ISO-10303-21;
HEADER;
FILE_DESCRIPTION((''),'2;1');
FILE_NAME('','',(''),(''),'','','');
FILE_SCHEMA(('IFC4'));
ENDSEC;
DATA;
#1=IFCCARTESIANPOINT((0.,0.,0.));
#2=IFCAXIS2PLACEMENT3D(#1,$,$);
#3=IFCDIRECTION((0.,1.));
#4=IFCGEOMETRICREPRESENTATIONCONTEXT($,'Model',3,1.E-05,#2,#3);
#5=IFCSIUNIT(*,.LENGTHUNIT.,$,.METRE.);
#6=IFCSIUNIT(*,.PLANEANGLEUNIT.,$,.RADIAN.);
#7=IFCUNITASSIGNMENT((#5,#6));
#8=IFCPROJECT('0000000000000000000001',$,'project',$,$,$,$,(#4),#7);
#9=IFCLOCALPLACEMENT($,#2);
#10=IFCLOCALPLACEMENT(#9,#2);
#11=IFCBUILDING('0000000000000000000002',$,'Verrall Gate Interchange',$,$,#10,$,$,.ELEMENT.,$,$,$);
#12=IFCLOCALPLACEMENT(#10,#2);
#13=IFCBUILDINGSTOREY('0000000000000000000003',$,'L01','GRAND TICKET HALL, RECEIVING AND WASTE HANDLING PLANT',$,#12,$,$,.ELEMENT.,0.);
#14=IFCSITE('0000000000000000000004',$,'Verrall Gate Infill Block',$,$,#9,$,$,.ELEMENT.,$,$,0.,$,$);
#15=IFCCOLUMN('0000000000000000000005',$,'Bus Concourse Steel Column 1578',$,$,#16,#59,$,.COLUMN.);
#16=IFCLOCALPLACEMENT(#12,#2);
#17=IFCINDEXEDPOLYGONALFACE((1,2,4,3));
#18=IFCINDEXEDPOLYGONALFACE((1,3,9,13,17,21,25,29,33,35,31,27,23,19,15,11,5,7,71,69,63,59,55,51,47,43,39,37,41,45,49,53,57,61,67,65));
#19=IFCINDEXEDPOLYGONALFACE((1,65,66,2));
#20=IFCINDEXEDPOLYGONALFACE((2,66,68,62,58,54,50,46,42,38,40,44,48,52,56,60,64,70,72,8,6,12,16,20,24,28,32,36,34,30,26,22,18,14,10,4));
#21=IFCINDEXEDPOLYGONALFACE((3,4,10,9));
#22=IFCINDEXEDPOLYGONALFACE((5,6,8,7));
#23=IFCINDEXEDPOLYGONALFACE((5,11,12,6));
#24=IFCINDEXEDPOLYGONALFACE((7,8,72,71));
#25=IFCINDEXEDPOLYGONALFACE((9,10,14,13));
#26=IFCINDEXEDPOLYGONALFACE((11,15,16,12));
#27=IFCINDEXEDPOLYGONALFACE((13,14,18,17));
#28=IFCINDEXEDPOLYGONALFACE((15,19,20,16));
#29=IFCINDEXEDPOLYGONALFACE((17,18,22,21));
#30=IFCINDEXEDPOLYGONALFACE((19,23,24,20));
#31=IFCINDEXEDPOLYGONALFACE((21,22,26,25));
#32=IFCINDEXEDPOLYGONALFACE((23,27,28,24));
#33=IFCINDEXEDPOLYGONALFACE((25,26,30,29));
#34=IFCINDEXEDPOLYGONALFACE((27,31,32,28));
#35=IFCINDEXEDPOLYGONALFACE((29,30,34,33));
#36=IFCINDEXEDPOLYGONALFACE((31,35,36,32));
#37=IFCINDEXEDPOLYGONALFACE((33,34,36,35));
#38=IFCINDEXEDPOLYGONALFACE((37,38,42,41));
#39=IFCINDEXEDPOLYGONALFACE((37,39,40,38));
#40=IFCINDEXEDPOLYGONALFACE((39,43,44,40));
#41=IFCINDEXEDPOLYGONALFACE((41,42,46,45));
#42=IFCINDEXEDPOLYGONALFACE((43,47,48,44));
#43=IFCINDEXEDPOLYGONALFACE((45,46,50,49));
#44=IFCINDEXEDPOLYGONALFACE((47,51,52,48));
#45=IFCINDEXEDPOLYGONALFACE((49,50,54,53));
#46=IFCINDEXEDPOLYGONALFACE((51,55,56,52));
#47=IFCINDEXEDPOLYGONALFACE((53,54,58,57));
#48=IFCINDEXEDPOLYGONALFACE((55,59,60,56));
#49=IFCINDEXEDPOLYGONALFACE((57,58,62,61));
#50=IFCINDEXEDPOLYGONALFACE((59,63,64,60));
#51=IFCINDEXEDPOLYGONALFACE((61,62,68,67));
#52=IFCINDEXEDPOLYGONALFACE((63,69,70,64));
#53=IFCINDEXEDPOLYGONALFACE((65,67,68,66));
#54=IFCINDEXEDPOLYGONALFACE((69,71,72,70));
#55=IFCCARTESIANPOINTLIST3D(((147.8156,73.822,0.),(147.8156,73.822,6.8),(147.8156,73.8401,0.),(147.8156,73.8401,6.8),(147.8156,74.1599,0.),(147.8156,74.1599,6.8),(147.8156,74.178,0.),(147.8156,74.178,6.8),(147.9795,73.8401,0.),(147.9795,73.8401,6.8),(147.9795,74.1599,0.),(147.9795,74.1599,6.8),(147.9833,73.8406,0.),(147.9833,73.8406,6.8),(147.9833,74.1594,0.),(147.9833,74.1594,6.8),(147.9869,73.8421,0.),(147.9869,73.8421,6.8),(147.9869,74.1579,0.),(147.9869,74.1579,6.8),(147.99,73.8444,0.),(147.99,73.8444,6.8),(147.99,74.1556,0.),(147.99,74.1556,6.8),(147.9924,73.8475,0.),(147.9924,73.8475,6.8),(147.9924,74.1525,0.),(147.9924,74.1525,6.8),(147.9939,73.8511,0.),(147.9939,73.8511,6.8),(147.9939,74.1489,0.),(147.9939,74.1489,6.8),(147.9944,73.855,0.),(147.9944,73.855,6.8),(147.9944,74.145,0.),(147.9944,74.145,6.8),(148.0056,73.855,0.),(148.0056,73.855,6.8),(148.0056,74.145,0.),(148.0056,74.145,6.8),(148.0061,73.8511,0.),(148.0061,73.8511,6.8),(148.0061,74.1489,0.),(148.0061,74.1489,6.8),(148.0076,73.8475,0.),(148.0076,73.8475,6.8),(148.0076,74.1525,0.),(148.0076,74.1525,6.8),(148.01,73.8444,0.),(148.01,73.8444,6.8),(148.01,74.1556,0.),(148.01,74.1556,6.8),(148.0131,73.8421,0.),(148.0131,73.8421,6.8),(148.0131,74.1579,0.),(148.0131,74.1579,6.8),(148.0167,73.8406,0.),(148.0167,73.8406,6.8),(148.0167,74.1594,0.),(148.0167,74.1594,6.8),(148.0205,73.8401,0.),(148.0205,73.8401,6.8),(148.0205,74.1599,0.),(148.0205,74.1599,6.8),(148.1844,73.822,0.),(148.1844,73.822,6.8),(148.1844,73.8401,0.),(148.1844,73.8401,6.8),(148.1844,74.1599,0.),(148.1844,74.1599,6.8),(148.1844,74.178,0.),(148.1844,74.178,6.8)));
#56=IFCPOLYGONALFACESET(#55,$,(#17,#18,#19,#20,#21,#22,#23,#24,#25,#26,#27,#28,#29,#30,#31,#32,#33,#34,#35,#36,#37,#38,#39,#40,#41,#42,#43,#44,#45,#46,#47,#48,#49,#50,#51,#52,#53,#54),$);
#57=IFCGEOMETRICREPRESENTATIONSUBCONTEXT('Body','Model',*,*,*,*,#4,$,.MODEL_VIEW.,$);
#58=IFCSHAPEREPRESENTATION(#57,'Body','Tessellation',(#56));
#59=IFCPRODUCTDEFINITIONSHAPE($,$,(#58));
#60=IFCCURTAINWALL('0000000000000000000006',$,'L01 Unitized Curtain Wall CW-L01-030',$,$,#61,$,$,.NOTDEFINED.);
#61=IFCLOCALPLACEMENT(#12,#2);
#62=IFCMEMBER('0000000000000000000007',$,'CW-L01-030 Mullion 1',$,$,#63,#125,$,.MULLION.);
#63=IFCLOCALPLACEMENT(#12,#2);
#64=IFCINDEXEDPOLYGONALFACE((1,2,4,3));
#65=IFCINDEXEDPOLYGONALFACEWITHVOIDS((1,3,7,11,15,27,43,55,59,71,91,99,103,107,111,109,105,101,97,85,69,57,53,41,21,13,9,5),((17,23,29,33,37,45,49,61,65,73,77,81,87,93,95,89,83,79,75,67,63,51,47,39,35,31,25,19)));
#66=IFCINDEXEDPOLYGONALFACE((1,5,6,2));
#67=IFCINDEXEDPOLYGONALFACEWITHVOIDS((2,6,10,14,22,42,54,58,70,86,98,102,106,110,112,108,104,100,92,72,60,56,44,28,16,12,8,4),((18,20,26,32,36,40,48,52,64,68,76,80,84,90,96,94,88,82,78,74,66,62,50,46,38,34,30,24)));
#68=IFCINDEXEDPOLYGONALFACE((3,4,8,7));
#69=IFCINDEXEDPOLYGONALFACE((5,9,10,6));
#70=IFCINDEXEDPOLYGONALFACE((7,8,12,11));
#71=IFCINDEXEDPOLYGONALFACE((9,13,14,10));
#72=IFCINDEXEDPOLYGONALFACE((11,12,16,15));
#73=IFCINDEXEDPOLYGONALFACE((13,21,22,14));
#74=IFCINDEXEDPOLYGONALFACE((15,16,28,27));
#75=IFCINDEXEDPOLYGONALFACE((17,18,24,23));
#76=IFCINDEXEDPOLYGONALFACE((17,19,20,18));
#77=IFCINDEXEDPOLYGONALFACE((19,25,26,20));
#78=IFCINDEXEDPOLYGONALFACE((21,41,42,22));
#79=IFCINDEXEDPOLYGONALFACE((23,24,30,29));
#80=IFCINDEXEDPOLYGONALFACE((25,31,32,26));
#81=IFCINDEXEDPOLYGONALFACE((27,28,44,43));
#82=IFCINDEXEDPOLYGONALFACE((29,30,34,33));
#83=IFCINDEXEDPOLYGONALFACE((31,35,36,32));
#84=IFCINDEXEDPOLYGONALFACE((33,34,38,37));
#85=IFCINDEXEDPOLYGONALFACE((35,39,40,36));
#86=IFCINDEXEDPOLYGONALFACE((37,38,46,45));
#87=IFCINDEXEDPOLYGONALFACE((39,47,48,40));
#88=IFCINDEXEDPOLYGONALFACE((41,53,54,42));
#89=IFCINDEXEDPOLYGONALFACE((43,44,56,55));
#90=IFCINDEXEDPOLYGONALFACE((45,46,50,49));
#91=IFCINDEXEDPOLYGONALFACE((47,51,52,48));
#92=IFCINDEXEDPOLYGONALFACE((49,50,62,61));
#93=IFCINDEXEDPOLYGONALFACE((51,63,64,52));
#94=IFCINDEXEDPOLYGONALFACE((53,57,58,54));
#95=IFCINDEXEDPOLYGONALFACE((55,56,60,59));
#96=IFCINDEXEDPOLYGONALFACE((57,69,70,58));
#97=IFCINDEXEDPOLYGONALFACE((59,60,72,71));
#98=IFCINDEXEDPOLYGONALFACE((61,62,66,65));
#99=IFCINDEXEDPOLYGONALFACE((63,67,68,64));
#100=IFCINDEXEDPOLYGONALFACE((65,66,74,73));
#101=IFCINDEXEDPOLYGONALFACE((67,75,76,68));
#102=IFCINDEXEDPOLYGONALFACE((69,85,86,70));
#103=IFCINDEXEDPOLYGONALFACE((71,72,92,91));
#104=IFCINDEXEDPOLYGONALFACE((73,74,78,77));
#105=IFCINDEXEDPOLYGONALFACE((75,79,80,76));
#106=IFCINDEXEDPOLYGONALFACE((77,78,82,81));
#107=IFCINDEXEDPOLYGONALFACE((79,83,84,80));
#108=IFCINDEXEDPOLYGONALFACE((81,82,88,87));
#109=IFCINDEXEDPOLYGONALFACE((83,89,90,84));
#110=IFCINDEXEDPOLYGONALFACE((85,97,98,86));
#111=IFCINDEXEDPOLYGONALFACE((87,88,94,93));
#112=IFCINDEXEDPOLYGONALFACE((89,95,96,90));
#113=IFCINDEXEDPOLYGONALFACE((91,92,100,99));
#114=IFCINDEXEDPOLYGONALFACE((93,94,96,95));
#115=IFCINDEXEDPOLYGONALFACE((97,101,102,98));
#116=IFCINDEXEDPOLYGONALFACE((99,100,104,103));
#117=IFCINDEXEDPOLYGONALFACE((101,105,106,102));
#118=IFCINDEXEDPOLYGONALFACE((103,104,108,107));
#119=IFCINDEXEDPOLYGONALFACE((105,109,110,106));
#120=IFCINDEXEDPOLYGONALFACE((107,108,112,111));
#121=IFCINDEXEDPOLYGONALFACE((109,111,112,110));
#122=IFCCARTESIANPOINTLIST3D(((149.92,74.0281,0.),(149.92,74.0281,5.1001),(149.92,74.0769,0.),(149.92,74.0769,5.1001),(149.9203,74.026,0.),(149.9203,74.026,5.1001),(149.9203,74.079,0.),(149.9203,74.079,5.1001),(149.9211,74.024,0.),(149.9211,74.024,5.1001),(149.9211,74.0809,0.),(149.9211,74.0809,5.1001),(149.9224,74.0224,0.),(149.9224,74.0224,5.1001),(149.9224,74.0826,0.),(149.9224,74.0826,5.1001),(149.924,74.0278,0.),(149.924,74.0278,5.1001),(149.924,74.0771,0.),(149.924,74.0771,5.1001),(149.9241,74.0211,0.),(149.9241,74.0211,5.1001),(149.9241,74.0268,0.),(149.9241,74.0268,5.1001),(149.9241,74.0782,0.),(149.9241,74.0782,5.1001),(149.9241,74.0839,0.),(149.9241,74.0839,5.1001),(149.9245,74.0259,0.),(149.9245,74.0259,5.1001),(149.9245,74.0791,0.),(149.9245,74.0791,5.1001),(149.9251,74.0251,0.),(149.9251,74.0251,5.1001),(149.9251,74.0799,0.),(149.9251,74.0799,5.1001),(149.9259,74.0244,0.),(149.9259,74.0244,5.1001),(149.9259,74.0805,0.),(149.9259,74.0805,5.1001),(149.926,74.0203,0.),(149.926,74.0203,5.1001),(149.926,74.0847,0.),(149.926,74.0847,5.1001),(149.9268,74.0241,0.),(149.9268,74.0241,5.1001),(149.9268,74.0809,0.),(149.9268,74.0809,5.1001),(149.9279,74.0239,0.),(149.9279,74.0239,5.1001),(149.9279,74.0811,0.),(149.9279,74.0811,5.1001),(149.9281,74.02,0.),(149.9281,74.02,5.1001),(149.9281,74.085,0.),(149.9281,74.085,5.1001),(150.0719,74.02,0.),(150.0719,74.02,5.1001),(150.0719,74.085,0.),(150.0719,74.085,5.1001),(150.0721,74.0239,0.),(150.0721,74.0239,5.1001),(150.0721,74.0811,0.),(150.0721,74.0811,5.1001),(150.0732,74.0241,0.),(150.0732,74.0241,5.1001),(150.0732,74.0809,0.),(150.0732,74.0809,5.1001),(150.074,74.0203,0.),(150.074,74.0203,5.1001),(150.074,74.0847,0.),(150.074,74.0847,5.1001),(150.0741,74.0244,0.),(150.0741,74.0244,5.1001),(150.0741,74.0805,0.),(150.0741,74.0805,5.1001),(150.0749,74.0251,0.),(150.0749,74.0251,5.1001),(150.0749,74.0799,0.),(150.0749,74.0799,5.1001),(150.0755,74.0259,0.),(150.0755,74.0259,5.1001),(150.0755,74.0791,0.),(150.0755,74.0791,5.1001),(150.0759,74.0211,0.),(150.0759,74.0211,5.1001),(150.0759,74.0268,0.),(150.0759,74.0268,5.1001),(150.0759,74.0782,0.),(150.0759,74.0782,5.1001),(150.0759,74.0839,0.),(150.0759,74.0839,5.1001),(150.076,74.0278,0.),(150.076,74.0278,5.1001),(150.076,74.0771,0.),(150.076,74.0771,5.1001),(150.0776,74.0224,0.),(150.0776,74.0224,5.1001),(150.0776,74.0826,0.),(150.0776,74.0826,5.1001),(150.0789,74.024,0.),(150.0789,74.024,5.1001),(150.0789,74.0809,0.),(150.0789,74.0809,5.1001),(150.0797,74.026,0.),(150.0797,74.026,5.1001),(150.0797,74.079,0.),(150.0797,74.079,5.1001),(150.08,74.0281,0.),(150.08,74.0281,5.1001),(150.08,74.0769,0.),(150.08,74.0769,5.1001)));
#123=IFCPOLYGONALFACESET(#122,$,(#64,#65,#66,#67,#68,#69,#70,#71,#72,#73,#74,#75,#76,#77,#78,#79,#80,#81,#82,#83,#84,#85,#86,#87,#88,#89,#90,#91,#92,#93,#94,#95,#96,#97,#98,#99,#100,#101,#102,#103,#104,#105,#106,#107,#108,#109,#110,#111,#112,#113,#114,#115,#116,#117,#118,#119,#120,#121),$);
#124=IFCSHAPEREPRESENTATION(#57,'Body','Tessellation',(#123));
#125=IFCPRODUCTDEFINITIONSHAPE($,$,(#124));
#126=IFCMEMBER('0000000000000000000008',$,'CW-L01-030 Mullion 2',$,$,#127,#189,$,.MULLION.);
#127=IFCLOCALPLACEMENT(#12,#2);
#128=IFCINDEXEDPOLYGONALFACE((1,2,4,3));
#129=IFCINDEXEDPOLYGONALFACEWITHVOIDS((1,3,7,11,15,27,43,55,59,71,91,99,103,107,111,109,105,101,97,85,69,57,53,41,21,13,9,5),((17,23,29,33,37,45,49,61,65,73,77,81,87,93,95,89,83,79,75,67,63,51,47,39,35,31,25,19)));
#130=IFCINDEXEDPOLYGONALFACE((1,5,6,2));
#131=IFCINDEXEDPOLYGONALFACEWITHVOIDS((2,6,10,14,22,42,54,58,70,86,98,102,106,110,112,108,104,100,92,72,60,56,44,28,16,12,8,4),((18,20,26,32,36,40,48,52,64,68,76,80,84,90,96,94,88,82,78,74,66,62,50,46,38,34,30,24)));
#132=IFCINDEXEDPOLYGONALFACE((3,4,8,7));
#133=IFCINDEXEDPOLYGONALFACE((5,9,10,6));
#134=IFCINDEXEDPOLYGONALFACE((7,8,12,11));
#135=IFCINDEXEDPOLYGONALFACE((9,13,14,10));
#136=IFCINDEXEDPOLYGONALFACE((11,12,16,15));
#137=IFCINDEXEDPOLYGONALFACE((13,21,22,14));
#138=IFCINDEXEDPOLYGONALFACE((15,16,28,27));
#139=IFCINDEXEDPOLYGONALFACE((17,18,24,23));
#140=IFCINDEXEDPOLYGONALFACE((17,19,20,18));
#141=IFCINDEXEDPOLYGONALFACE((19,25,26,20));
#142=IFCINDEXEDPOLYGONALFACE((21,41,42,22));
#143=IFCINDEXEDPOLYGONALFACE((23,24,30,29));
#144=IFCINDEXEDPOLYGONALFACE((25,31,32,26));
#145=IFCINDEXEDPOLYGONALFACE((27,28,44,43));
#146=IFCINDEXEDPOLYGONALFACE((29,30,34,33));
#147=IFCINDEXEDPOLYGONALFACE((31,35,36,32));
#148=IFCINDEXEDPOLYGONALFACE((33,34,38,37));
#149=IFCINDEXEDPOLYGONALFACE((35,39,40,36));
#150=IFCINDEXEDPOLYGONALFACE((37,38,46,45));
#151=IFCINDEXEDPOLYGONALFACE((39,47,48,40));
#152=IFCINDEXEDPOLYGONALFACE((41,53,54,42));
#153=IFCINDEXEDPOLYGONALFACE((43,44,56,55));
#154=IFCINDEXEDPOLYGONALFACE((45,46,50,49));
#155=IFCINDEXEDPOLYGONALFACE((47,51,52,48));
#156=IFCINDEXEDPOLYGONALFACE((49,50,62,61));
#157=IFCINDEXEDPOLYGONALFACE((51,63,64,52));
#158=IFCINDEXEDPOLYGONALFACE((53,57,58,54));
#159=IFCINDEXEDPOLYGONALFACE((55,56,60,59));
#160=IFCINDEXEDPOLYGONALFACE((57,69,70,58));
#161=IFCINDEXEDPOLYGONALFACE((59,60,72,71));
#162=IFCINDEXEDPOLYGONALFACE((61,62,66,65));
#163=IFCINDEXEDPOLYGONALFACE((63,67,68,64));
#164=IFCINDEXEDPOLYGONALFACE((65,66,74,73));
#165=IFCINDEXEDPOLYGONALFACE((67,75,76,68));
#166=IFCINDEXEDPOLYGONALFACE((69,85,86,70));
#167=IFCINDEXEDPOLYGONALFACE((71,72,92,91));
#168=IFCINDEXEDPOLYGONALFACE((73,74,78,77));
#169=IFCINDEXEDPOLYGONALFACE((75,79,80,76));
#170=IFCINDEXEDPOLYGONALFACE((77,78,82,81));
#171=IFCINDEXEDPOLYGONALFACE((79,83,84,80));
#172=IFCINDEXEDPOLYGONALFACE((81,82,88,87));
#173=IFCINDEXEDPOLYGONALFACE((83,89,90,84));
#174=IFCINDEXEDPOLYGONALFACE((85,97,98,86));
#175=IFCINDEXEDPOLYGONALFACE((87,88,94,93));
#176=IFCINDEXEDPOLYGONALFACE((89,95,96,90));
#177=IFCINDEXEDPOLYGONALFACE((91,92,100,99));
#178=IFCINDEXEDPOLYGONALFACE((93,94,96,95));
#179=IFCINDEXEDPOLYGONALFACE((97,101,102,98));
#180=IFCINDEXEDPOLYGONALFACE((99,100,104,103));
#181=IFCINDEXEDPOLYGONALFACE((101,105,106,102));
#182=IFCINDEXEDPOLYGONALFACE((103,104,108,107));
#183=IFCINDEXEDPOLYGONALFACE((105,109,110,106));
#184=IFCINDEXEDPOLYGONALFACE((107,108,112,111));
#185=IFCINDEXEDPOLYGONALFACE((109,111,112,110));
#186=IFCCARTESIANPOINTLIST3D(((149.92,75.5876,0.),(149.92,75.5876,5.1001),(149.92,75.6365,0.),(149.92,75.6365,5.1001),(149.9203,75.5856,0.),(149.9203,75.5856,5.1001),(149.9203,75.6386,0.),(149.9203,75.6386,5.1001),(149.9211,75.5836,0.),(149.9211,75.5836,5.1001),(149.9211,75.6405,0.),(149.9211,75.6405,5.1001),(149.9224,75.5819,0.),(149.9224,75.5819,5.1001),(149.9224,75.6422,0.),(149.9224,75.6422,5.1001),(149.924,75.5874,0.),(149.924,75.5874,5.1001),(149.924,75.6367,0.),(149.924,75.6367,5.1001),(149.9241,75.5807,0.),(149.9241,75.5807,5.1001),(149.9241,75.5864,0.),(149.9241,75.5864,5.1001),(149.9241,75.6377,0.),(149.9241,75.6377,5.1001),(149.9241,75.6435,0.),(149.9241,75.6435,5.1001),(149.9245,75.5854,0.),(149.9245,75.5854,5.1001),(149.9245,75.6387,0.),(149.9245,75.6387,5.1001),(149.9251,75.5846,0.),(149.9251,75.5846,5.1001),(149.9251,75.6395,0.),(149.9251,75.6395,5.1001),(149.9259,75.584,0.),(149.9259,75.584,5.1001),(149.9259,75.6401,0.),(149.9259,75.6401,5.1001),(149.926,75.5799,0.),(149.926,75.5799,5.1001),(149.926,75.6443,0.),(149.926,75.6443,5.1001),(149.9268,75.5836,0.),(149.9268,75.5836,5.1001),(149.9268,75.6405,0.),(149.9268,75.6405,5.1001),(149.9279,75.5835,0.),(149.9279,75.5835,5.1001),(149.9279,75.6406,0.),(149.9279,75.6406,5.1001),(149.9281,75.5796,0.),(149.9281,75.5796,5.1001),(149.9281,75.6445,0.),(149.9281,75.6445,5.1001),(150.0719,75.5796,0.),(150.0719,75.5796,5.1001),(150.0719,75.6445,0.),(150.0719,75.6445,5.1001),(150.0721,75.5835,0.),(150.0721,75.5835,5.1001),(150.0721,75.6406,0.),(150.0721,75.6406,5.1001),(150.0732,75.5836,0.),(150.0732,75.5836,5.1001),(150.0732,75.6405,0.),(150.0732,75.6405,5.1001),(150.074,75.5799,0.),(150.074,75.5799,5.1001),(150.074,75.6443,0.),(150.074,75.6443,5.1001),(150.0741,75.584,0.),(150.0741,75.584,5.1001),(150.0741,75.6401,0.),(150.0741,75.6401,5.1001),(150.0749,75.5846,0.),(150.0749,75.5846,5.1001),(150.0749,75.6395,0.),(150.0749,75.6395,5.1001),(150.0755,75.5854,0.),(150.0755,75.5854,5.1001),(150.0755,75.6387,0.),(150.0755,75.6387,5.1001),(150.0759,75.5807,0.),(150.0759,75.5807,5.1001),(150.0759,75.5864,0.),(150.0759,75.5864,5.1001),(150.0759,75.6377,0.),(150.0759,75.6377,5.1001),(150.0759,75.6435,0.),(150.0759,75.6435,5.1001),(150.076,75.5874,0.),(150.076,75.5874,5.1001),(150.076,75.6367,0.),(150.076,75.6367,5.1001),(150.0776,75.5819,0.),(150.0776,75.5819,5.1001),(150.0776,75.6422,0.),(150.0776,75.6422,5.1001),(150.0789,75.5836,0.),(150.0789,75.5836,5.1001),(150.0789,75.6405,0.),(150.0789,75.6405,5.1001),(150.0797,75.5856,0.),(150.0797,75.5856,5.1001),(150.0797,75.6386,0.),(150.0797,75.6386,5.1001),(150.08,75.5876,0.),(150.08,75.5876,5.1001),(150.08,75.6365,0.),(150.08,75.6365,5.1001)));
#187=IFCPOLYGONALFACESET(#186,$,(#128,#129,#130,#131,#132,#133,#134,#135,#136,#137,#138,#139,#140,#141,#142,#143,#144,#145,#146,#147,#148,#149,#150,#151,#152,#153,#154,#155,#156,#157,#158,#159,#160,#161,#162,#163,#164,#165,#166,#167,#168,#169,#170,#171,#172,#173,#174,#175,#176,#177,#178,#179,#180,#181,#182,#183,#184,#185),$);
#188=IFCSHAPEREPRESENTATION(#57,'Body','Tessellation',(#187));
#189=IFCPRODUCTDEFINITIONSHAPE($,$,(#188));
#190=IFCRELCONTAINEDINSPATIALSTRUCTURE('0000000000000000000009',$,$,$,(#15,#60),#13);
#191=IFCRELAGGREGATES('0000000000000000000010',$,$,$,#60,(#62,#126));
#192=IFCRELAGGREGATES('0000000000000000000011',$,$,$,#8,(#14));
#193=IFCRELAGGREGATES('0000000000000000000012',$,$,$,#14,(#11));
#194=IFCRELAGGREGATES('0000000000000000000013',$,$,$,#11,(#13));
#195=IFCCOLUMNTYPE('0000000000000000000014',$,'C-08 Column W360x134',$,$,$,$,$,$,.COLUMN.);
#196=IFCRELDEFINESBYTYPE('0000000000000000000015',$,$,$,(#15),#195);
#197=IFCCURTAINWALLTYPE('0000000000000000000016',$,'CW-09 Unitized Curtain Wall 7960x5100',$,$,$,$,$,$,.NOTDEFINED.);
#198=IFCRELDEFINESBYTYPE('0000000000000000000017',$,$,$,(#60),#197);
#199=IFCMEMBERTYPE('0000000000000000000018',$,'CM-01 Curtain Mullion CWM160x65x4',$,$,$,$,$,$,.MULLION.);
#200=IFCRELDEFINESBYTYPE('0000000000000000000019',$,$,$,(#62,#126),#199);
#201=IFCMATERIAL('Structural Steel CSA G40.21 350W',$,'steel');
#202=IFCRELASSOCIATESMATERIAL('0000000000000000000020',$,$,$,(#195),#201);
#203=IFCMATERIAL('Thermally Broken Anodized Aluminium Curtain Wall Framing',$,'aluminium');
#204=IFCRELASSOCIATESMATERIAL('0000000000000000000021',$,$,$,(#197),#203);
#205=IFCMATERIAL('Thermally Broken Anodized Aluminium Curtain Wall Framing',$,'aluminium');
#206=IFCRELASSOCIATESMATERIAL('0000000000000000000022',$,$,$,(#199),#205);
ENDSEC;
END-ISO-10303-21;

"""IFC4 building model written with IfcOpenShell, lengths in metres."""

from ifc_helpers import new_model, si_unit, direction, frame, origin, origin_2d, place, context, subcontext, project, spatial, hollow_rectangle, i_section, extrude, material, material_profile, profile_set, type_object, element, aggregate, save


model = new_model("IFC4")

# Units and contexts
model_context = context("Model", 3, precision=1e-05, world=origin(), true_north=direction((0.0, 1.0)))
body_context = subcontext(model_context, "Body", "Model", "MODEL_VIEW")
ifc_project = project(units=[si_unit("LENGTHUNIT", "METRE"), si_unit("PLANEANGLEUNIT", "RADIAN")], contexts=[model_context])

# Site, building, storey
site_placement = place(None, origin())
site = spatial("IfcSite", under=ifc_project, at=site_placement, Name="Verrall Gate Infill Block", CompositionType="ELEMENT", RefElevation=0.0)
building_placement = place(site_placement, origin())
building = spatial("IfcBuilding", under=site, at=building_placement, Name="Verrall Gate Interchange", CompositionType="ELEMENT")
storey_placement = place(building_placement, origin())
storey = spatial("IfcBuildingStorey", under=building, at=storey_placement, Name="L01", Description="GRAND TICKET HALL, RECEIVING AND WASTE HANDLING PLANT", CompositionType="ELEMENT", Elevation=0.0)

# Column
ifc_material_1 = material(Name="Structural Steel CSA G40.21 350W", Category="steel")
ifc_material_profile_1 = material_profile(ifc_material_1, i_section(OverallWidth=0.3689, OverallDepth=0.356, WebThickness=0.0112, FlangeThickness=0.0181, FilletRadius=0.0149, at=origin_2d()), Name="W360x134")
ifc_profile_set_1 = profile_set([ifc_material_profile_1], Name="Structural Steel CSA G40.21 350W")
column_type = type_object("IfcColumnType", Name="C-08 Column W360x134", PredefinedType="COLUMN", material=ifc_profile_set_1)
column_placement = place(storey_placement, frame((148.0, 74.0, 0.0), z_axis=(0.0, 0.0, 1.0), x_axis=(1.0, 0.0, 0.0)))
element("IfcColumn", 1, at=column_placement, inside=storey, type_object=column_type, Name="Bus Concourse Steel Column 1578", PredefinedType="COLUMN", context=body_context, shape_type="SweptSolid", body=[
    extrude(i_section(OverallWidth=0.3689, OverallDepth=0.356, WebThickness=0.0112, FlangeThickness=0.0181, FilletRadius=0.0149, at=origin_2d()), origin(), (0.0, 0.0, 1.0), 6.8),
])

# Curtain wall, members
ifc_material_2 = material(Name="Thermally Broken Anodized Aluminium Curtain Wall Framing", Category="aluminium")
curtain_wall_type_1 = type_object("IfcCurtainWallType", Name="CW-09 Unitized Curtain Wall 7960x5100", PredefinedType="NOTDEFINED", material=ifc_material_2)
curtain_wall_1_placement = place(storey_placement, origin())
curtain_wall_1 = element("IfcCurtainWall", 2, at=curtain_wall_1_placement, inside=storey, type_object=curtain_wall_type_1, Name="L01 Unitized Curtain Wall CW-L01-030", PredefinedType="NOTDEFINED")
ifc_material_3 = material(Name="Thermally Broken Anodized Aluminium Curtain Wall Framing", Category="aluminium")
ifc_material_profile_2 = material_profile(ifc_material_3, hollow_rectangle(XDim=0.0649, YDim=0.1599, WallThickness=0.0039, InnerFilletRadius=0.0039, OuterFilletRadius=0.0081, at=origin_2d()), Name="CWM160x65x4")
ifc_profile_set_2 = profile_set([ifc_material_profile_2], Name="Thermally Broken Anodized Aluminium Curtain Wall Framing")
member_type_1 = type_object("IfcMemberType", Name="CM-01 Curtain Mullion CWM160x65x4", PredefinedType="MULLION", material=ifc_profile_set_2)
member_1_placement = place(storey_placement, frame((150.0, 74.0525, 0.0), z_axis=(0.0, 0.0, 1.0), x_axis=(0.0, 1.0, 0.0)))
member_1 = element("IfcMember", 3, at=member_1_placement, type_object=member_type_1, Name="CW-L01-030 Mullion 1", PredefinedType="MULLION", context=body_context, shape_type="SweptSolid", body=[
    extrude(hollow_rectangle(XDim=0.0649, YDim=0.1599, WallThickness=0.0039, InnerFilletRadius=0.0039, OuterFilletRadius=0.0081, at=origin_2d()), origin(), (0.0, 0.0, 1.0), 5.1001),
])
member_2_placement = place(storey_placement, frame((150.0, 75.6121, 0.0), z_axis=(0.0, 0.0, 1.0), x_axis=(0.0, 1.0, 0.0)))
member_2 = element("IfcMember", 4, at=member_2_placement, type_object=member_type_1, Name="CW-L01-030 Mullion 2", PredefinedType="MULLION", context=body_context, shape_type="SweptSolid", body=[
    extrude(hollow_rectangle(XDim=0.0649, YDim=0.1599, WallThickness=0.0039, InnerFilletRadius=0.0039, OuterFilletRadius=0.0081, at=origin_2d()), origin(), (0.0, 0.0, 1.0), 5.1001),
])

aggregate(curtain_wall_1, [member_1, member_2])

save(model, "model.ifc")
